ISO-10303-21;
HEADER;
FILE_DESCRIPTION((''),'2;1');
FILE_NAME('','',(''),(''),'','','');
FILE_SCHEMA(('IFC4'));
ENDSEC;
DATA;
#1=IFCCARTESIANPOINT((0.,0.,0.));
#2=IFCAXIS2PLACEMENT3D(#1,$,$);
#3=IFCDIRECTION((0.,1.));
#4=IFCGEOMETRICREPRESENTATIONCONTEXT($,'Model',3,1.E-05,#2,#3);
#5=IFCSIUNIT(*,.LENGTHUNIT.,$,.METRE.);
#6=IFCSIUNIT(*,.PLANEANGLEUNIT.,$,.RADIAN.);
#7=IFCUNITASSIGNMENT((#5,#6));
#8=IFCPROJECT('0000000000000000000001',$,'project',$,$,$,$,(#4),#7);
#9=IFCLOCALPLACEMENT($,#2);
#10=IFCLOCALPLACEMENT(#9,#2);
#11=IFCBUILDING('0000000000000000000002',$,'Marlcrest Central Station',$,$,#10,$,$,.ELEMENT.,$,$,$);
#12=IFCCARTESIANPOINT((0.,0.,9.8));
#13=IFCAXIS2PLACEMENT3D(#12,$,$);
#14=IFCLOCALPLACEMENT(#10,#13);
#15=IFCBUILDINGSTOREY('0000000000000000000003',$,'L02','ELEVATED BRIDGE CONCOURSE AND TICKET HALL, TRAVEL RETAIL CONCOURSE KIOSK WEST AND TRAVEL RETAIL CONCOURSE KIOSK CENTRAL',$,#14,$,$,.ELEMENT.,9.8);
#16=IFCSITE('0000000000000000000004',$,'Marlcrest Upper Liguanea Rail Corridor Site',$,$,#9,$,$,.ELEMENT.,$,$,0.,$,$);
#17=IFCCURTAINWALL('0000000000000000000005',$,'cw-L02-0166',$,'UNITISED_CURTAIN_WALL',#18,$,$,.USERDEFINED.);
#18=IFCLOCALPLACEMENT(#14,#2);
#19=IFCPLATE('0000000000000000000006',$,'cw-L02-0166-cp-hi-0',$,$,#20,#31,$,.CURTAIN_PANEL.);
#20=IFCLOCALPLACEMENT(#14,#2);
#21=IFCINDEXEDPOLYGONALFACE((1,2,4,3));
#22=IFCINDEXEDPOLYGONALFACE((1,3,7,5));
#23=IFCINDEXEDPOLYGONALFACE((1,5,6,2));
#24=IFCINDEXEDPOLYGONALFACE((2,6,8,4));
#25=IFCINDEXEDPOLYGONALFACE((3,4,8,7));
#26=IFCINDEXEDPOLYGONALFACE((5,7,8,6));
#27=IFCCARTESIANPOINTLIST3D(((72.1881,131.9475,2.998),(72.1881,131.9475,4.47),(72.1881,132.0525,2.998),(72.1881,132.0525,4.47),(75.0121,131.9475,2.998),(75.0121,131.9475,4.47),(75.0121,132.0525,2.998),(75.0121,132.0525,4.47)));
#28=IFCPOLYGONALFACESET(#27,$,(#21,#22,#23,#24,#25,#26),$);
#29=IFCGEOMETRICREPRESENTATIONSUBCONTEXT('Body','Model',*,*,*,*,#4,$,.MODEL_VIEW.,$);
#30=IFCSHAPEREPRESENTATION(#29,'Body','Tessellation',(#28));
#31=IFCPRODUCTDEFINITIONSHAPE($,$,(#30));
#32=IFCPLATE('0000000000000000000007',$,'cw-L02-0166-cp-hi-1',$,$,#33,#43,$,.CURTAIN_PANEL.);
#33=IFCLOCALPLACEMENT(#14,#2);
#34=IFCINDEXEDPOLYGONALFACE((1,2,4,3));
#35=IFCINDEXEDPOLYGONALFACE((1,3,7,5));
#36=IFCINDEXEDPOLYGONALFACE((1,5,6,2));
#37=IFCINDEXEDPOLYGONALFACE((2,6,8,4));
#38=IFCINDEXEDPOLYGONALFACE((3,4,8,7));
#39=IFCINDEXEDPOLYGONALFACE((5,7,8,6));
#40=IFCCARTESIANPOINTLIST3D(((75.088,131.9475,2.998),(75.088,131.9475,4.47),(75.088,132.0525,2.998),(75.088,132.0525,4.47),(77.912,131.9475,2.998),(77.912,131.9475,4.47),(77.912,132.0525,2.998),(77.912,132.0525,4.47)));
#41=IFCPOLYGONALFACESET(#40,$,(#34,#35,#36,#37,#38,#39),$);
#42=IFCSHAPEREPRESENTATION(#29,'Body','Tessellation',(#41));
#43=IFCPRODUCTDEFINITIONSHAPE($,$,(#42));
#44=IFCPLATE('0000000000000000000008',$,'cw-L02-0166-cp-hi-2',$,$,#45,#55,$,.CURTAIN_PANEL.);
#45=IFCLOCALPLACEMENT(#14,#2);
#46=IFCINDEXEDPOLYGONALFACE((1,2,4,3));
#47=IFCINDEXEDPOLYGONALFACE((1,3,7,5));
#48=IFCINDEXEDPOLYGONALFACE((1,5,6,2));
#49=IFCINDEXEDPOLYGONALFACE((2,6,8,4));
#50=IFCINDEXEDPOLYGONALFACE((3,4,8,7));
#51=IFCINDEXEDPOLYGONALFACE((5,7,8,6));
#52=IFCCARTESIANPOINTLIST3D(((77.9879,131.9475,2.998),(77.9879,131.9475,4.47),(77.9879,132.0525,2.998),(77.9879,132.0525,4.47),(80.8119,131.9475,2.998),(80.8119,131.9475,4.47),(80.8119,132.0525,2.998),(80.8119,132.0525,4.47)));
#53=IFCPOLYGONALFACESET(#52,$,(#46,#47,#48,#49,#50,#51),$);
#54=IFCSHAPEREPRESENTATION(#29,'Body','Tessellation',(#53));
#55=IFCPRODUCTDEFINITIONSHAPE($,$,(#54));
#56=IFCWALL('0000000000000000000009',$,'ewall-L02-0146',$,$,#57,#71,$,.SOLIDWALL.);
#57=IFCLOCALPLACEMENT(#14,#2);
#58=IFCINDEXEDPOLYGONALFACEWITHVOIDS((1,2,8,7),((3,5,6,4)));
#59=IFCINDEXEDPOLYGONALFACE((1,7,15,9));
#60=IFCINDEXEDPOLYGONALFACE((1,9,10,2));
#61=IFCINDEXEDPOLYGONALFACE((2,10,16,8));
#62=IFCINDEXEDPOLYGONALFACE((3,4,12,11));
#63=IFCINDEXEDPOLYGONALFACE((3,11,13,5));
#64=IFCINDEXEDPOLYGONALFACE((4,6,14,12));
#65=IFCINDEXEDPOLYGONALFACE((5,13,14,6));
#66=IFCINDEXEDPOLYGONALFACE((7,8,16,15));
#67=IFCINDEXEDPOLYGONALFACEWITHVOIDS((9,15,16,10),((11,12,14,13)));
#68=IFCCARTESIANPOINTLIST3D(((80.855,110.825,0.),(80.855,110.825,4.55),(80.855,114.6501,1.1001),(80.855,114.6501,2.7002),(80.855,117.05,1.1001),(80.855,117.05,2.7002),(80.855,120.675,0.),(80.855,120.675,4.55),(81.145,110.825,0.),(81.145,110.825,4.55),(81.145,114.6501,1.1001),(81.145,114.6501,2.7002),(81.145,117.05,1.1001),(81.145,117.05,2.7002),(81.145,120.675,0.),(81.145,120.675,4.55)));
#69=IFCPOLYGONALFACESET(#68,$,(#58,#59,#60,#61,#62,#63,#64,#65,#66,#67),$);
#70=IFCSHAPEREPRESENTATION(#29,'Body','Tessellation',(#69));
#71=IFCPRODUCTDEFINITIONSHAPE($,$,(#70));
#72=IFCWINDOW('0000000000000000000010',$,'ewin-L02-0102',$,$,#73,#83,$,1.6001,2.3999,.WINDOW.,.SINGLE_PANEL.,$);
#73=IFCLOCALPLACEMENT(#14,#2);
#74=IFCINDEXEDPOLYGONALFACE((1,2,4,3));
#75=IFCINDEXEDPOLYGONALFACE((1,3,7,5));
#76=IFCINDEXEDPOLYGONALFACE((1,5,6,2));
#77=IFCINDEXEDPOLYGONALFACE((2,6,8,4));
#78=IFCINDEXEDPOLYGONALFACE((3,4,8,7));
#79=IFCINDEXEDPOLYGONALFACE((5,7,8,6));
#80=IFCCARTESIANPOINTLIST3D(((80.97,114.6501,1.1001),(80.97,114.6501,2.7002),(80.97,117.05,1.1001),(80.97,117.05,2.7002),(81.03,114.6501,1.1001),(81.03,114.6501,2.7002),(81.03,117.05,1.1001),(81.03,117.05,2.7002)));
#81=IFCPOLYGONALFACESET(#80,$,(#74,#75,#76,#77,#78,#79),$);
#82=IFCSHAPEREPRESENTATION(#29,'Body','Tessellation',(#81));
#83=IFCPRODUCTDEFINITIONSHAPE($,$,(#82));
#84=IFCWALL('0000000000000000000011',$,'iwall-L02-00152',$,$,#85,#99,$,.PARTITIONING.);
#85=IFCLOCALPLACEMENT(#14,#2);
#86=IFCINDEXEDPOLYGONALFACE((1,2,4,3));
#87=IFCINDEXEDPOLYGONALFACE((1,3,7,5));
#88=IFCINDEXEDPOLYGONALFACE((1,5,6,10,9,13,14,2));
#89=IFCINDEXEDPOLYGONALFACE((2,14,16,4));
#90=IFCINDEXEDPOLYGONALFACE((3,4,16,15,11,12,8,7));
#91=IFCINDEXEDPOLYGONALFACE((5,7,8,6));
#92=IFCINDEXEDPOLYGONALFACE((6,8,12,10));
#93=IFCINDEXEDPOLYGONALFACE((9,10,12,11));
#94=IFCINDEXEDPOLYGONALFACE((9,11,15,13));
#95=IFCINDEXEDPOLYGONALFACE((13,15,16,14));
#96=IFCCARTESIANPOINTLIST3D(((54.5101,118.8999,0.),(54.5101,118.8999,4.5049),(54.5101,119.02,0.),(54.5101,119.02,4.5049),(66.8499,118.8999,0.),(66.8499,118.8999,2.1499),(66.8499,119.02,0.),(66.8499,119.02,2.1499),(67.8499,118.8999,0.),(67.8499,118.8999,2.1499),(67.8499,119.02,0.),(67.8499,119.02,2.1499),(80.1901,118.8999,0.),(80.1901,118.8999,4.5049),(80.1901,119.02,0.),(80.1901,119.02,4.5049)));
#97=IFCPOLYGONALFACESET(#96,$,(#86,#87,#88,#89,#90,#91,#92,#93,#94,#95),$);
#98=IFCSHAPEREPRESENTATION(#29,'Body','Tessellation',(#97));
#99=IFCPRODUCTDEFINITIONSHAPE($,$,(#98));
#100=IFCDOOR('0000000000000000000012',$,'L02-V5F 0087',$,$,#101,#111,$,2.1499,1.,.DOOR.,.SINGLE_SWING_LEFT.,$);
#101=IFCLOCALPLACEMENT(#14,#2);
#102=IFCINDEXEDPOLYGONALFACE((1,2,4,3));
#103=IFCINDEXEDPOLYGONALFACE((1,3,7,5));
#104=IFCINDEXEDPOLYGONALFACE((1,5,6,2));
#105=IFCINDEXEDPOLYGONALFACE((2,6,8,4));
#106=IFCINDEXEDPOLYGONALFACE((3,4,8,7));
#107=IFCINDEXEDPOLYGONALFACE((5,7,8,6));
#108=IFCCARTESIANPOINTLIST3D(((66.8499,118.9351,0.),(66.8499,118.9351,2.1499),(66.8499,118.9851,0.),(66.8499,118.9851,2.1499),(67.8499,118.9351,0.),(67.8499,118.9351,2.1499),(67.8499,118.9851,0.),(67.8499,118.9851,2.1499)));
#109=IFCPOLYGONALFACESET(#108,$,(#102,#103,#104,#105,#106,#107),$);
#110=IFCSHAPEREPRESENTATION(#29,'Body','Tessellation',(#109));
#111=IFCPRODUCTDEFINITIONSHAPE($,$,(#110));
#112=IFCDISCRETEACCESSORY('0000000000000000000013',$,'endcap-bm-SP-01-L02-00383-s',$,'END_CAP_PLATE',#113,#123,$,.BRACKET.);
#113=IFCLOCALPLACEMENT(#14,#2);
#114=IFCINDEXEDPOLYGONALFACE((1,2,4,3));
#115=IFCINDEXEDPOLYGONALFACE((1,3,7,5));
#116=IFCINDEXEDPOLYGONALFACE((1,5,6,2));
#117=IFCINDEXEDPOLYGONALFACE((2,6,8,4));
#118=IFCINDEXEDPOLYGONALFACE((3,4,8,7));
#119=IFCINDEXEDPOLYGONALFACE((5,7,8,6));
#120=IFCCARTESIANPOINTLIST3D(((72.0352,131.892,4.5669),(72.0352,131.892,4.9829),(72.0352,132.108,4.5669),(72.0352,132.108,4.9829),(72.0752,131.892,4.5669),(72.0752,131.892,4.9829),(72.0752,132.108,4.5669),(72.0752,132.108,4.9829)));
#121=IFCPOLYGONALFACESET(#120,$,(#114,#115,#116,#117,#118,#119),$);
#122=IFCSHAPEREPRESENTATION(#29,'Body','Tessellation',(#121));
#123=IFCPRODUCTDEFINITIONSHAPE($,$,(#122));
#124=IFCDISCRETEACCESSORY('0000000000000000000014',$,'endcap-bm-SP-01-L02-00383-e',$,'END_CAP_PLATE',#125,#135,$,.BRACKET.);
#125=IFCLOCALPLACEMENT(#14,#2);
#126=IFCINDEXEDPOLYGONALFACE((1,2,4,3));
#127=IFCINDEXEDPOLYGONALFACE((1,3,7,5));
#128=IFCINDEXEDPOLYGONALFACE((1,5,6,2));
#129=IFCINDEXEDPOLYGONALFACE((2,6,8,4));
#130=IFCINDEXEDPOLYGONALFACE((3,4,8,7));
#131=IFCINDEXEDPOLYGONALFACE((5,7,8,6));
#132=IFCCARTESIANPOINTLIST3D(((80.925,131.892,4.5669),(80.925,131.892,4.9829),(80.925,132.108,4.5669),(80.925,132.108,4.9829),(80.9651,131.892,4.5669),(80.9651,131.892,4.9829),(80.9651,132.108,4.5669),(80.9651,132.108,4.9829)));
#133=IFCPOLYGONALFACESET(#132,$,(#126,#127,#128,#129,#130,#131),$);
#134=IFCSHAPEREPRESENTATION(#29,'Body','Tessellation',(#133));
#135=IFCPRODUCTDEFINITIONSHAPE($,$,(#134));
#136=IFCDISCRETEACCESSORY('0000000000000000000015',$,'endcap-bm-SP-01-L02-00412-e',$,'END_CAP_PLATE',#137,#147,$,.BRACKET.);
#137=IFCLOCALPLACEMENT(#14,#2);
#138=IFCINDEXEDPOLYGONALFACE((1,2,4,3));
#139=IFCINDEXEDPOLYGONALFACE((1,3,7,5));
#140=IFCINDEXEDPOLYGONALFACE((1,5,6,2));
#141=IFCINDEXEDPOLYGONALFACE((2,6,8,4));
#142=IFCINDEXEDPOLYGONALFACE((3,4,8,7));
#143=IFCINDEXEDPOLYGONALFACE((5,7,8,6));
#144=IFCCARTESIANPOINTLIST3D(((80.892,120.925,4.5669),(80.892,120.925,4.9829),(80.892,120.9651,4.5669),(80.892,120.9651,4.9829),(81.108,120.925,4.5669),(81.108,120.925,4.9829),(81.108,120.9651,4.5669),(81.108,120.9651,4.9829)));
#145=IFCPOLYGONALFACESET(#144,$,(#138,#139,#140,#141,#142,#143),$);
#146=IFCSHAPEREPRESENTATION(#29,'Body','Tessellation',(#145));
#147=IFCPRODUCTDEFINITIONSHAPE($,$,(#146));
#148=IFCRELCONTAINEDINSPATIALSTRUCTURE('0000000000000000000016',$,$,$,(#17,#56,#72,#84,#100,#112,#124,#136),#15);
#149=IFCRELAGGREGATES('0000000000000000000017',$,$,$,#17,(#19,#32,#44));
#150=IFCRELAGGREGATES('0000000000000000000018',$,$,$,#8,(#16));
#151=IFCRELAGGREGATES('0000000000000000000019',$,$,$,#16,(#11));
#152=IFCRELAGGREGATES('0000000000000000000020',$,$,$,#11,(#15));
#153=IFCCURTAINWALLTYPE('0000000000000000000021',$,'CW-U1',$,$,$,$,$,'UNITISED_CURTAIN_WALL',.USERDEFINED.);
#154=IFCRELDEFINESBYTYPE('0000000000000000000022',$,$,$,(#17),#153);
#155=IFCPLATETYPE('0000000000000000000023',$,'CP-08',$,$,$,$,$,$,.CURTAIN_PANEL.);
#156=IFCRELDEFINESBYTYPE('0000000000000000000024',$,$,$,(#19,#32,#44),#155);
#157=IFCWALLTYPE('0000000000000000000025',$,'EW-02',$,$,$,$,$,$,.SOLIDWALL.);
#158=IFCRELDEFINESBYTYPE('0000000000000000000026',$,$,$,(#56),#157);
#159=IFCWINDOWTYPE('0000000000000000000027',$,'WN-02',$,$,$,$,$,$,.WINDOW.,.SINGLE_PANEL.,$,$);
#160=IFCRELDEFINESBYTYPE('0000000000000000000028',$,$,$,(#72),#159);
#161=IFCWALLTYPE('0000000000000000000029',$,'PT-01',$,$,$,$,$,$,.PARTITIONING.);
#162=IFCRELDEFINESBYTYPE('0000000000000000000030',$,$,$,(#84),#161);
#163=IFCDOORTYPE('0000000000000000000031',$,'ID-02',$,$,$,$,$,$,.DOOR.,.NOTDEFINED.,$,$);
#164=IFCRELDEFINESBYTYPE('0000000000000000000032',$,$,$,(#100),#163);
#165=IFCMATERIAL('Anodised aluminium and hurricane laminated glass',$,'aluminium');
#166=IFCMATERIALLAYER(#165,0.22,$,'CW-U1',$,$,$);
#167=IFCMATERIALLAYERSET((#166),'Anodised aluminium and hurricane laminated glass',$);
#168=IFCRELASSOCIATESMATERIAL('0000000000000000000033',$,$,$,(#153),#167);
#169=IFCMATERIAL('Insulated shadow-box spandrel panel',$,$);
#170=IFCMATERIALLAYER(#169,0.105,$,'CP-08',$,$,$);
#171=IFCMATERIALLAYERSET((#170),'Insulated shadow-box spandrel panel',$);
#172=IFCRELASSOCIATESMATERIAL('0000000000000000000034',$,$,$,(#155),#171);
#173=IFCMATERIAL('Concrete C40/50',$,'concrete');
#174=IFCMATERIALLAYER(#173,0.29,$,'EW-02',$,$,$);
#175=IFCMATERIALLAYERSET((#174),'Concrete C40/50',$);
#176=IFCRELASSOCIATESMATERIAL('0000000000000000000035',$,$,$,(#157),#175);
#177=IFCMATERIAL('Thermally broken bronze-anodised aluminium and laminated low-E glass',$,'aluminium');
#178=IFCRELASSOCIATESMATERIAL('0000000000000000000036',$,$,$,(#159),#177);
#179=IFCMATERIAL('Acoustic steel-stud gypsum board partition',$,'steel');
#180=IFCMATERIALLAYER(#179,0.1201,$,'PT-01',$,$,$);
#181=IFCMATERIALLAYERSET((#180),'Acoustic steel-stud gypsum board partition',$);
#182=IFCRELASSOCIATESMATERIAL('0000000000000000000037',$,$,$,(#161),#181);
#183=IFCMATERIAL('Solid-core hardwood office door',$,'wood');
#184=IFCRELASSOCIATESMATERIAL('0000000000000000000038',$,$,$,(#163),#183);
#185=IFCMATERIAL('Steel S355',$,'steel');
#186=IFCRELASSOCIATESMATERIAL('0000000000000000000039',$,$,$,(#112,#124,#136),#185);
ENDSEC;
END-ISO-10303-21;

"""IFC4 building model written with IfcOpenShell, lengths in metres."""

from ifc_helpers import new_model, si_unit, direction, frame, frame_2d, origin, origin_2d, place, context, subcontext, project, spatial, rectangle, extrude, material, layer, layer_set, type_object, element, fill, aggregate, save


model = new_model("IFC4")

# Units and contexts
model_context = context("Model", 3, precision=1e-05, world=origin(), true_north=direction((0.0, 1.0)))
body_context = subcontext(model_context, "Body", "Model", "MODEL_VIEW")
ifc_project = project(units=[si_unit("LENGTHUNIT", "METRE"), si_unit("PLANEANGLEUNIT", "RADIAN")], contexts=[model_context])

# Site, building, storey
site_placement = place(None, origin())
site = spatial("IfcSite", under=ifc_project, at=site_placement, Name="Marlcrest Upper Liguanea Rail Corridor Site", CompositionType="ELEMENT", RefElevation=0.0)
building_placement = place(site_placement, origin())
building = spatial("IfcBuilding", under=site, at=building_placement, Name="Marlcrest Central Station", CompositionType="ELEMENT")
storey_placement = place(building_placement, frame((0.0, 0.0, 9.8)))
storey = spatial("IfcBuildingStorey", under=building, at=storey_placement, Name="L02", Description="ELEVATED BRIDGE CONCOURSE AND TICKET HALL, TRAVEL RETAIL CONCOURSE KIOSK WEST AND TRAVEL RETAIL CONCOURSE KIOSK CENTRAL", CompositionType="ELEMENT", Elevation=9.8)

# Shared definitions
ifc_material_1 = material(Name="Steel S355", Category="steel")

# Curtain wall
ifc_material_2 = material(Name="Anodised aluminium and hurricane laminated glass", Category="aluminium")
ifc_layer_1 = layer(ifc_material_2, 0.22, Name="CW-U1")
ifc_layer_set_1 = layer_set([ifc_layer_1], Name="Anodised aluminium and hurricane laminated glass")
curtain_wall_type = type_object("IfcCurtainWallType", Name="CW-U1", ElementType="UNITISED_CURTAIN_WALL", PredefinedType="USERDEFINED", material=ifc_layer_set_1)
curtain_wall_placement = place(storey_placement, origin())
curtain_wall = element("IfcCurtainWall", 1, at=curtain_wall_placement, inside=storey, type_object=curtain_wall_type, Name="cw-L02-0166", ObjectType="UNITISED_CURTAIN_WALL", PredefinedType="USERDEFINED")

# Plates
ifc_material_3 = material(Name="Insulated shadow-box spandrel panel")
ifc_layer_2 = layer(ifc_material_3, 0.105, Name="CP-08")
ifc_layer_set_2 = layer_set([ifc_layer_2], Name="Insulated shadow-box spandrel panel")
plate_type_1 = type_object("IfcPlateType", Name="CP-08", PredefinedType="CURTAIN_PANEL", material=ifc_layer_set_2)
plate_1_placement = place(storey_placement, frame((73.6001, 132.0, 2.998), z_axis=(0.0, 0.0, 1.0), x_axis=(1.0, 0.0, 0.0)))
plate_1 = element("IfcPlate", 2, at=plate_1_placement, type_object=plate_type_1, Name="cw-L02-0166-cp-hi-0", PredefinedType="CURTAIN_PANEL", context=body_context, shape_type="SweptSolid", body=[
    extrude(rectangle(XDim=2.824, YDim=0.105, at=origin_2d()), origin(), (0.0, 0.0, 1.0), 1.4719),
])
plate_2_placement = place(storey_placement, frame((76.5, 132.0, 2.998), z_axis=(0.0, 0.0, 1.0), x_axis=(1.0, 0.0, 0.0)))
plate_2 = element("IfcPlate", 3, at=plate_2_placement, type_object=plate_type_1, Name="cw-L02-0166-cp-hi-1", PredefinedType="CURTAIN_PANEL", context=body_context, shape_type="SweptSolid", body=[
    extrude(rectangle(XDim=2.824, YDim=0.105, at=origin_2d()), origin(), (0.0, 0.0, 1.0), 1.4719),
])
plate_3_placement = place(storey_placement, frame((79.3999, 132.0, 2.998), z_axis=(0.0, 0.0, 1.0), x_axis=(1.0, 0.0, 0.0)))
plate_3 = element("IfcPlate", 4, at=plate_3_placement, type_object=plate_type_1, Name="cw-L02-0166-cp-hi-2", PredefinedType="CURTAIN_PANEL", context=body_context, shape_type="SweptSolid", body=[
    extrude(rectangle(XDim=2.824, YDim=0.105, at=origin_2d()), origin(), (0.0, 0.0, 1.0), 1.4719),
])
aggregate(curtain_wall, [plate_1, plate_2, plate_3])

# Wall, opening, window
ifc_material_4 = material(Name="Concrete C40/50", Category="concrete")
ifc_layer_3 = layer(ifc_material_4, 0.29, Name="EW-02")
ifc_layer_set_3 = layer_set([ifc_layer_3], Name="Concrete C40/50")
wall_type_1 = type_object("IfcWallType", Name="EW-02", PredefinedType="SOLIDWALL", material=ifc_layer_set_3)
wall_1_placement = place(storey_placement, frame((81.0, 120.675, 0.0), z_axis=(0.0, 0.0, 1.0), x_axis=(0.0, -1.0, 0.0)))
wall_1 = element("IfcWall", 5, at=wall_1_placement, inside=storey, type_object=wall_type_1, Name="ewall-L02-0146", PredefinedType="SOLIDWALL", context=body_context, shape_type="SweptSolid", body=[
    extrude(rectangle(XDim=9.8501, YDim=0.29, at=frame_2d((4.925, 0.0))), origin(), (0.0, 0.0, 1.0), 4.55),
])
opening_1_placement = place(wall_1_placement, frame((3.625, 0.0, 1.1001)))
opening_1 = element("IfcOpeningElement", 6, at=opening_1_placement, cuts=wall_1, PredefinedType="OPENING", context=body_context, shape_type="SweptSolid", body=[
    extrude(rectangle(XDim=2.3999, YDim=1.6001, at=frame_2d((1.2, 0.8))), frame((0.0, 0.155, 0.0), z_axis=(0.0, -1.0, 0.0), x_axis=(1.0, 0.0, 0.0)), (0.0, 0.0, 1.0), 0.3101),
])
ifc_material_5 = material(Name="Thermally broken bronze-anodised aluminium and laminated low-E glass", Category="aluminium")
window_type = type_object("IfcWindowType", Name="WN-02", PartitioningType="SINGLE_PANEL", PredefinedType="WINDOW", material=ifc_material_5)
window_placement = place(opening_1_placement, origin())
window = element("IfcWindow", 7, at=window_placement, inside=storey, type_object=window_type, Name="ewin-L02-0102", OverallHeight=1.6001, OverallWidth=2.3999, PartitioningType="SINGLE_PANEL", PredefinedType="WINDOW", context=body_context, shape_type="SweptSolid", body=[
    extrude(rectangle(XDim=2.3999, YDim=1.6001, at=frame_2d((1.2, 0.8))), frame((0.0, 0.03, 0.0), z_axis=(0.0, -1.0, 0.0), x_axis=(1.0, 0.0, 0.0)), (0.0, 0.0, 1.0), 0.0601),
])
fill(opening_1, window)

# Wall, opening, door
ifc_material_6 = material(Name="Acoustic steel-stud gypsum board partition", Category="steel")
ifc_layer_4 = layer(ifc_material_6, 0.1201, Name="PT-01")
ifc_layer_set_4 = layer_set([ifc_layer_4], Name="Acoustic steel-stud gypsum board partition")
wall_type_2 = type_object("IfcWallType", Name="PT-01", PredefinedType="PARTITIONING", material=ifc_layer_set_4)
wall_2_placement = place(storey_placement, frame((80.1899, 118.96, 0.0), z_axis=(0.0, 0.0, 1.0), x_axis=(-1.0, 0.0, 0.0)))
wall_2 = element("IfcWall", 8, at=wall_2_placement, inside=storey, type_object=wall_type_2, Name="iwall-L02-00152", PredefinedType="PARTITIONING", context=body_context, shape_type="SweptSolid", body=[
    extrude(rectangle(XDim=25.6799, YDim=0.1201, at=frame_2d((12.8398, 0.0))), origin(), (0.0, 0.0, 1.0), 4.5049),
])
opening_2_placement = place(wall_2_placement, frame((12.3401, 0.0, 0.0)))
opening_2 = element("IfcOpeningElement", 9, at=opening_2_placement, cuts=wall_2, PredefinedType="OPENING", context=body_context, shape_type="SweptSolid", body=[
    extrude(rectangle(XDim=1.0, YDim=2.1499, at=frame_2d((0.5, 1.075))), frame((0.0, 0.0701, 0.0), z_axis=(0.0, -1.0, 0.0), x_axis=(1.0, 0.0, 0.0)), (0.0, 0.0, 1.0), 0.1401),
])
ifc_material_7 = material(Name="Solid-core hardwood office door", Category="wood")
door_type = type_object("IfcDoorType", Name="ID-02", OperationType="NOTDEFINED", PredefinedType="DOOR", material=ifc_material_7)
door_placement = place(opening_2_placement, origin())
door = element("IfcDoor", 10, at=door_placement, inside=storey, type_object=door_type, Name="L02-V5F 0087", OperationType="SINGLE_SWING_LEFT", OverallHeight=2.1499, OverallWidth=1.0, PredefinedType="DOOR", context=body_context, shape_type="SweptSolid", body=[
    extrude(rectangle(XDim=1.0, YDim=2.1499, at=frame_2d((0.5, 1.075))), frame((0.0, 0.0249, 0.0), z_axis=(0.0, -1.0, 0.0), x_axis=(1.0, 0.0, 0.0)), (0.0, 0.0, 1.0), 0.05),
])
fill(opening_2, door)

# Discrete accessories
for number, where, z_axis, x_axis, name in (
    (11, (72.0352, 132.0, 4.7749), (1.0, 0.0, 0.0), (0.0, 1.0, 0.0), "endcap-bm-SP-01-L02-00383-s"),
    (12, (80.925, 132.0, 4.7749), (1.0, 0.0, 0.0), (0.0, 1.0, 0.0), "endcap-bm-SP-01-L02-00383-e"),
    (13, (81.0, 120.925, 4.7749), (0.0, 1.0, 0.0), (-1.0, 0.0, 0.0), "endcap-bm-SP-01-L02-00412-e"),
):
    element("IfcDiscreteAccessory", number, at=place(storey_placement, frame(where, z_axis=z_axis, x_axis=x_axis)), inside=storey, material=ifc_material_1, Name=name, ObjectType="END_CAP_PLATE", PredefinedType="BRACKET", context=body_context, shape_type="SweptSolid", body=[
        extrude(rectangle(XDim=0.2161, YDim=0.416, at=origin_2d()), origin(), (0.0, 0.0, 1.0), 0.04),
    ])

save(model, "model.ifc")
